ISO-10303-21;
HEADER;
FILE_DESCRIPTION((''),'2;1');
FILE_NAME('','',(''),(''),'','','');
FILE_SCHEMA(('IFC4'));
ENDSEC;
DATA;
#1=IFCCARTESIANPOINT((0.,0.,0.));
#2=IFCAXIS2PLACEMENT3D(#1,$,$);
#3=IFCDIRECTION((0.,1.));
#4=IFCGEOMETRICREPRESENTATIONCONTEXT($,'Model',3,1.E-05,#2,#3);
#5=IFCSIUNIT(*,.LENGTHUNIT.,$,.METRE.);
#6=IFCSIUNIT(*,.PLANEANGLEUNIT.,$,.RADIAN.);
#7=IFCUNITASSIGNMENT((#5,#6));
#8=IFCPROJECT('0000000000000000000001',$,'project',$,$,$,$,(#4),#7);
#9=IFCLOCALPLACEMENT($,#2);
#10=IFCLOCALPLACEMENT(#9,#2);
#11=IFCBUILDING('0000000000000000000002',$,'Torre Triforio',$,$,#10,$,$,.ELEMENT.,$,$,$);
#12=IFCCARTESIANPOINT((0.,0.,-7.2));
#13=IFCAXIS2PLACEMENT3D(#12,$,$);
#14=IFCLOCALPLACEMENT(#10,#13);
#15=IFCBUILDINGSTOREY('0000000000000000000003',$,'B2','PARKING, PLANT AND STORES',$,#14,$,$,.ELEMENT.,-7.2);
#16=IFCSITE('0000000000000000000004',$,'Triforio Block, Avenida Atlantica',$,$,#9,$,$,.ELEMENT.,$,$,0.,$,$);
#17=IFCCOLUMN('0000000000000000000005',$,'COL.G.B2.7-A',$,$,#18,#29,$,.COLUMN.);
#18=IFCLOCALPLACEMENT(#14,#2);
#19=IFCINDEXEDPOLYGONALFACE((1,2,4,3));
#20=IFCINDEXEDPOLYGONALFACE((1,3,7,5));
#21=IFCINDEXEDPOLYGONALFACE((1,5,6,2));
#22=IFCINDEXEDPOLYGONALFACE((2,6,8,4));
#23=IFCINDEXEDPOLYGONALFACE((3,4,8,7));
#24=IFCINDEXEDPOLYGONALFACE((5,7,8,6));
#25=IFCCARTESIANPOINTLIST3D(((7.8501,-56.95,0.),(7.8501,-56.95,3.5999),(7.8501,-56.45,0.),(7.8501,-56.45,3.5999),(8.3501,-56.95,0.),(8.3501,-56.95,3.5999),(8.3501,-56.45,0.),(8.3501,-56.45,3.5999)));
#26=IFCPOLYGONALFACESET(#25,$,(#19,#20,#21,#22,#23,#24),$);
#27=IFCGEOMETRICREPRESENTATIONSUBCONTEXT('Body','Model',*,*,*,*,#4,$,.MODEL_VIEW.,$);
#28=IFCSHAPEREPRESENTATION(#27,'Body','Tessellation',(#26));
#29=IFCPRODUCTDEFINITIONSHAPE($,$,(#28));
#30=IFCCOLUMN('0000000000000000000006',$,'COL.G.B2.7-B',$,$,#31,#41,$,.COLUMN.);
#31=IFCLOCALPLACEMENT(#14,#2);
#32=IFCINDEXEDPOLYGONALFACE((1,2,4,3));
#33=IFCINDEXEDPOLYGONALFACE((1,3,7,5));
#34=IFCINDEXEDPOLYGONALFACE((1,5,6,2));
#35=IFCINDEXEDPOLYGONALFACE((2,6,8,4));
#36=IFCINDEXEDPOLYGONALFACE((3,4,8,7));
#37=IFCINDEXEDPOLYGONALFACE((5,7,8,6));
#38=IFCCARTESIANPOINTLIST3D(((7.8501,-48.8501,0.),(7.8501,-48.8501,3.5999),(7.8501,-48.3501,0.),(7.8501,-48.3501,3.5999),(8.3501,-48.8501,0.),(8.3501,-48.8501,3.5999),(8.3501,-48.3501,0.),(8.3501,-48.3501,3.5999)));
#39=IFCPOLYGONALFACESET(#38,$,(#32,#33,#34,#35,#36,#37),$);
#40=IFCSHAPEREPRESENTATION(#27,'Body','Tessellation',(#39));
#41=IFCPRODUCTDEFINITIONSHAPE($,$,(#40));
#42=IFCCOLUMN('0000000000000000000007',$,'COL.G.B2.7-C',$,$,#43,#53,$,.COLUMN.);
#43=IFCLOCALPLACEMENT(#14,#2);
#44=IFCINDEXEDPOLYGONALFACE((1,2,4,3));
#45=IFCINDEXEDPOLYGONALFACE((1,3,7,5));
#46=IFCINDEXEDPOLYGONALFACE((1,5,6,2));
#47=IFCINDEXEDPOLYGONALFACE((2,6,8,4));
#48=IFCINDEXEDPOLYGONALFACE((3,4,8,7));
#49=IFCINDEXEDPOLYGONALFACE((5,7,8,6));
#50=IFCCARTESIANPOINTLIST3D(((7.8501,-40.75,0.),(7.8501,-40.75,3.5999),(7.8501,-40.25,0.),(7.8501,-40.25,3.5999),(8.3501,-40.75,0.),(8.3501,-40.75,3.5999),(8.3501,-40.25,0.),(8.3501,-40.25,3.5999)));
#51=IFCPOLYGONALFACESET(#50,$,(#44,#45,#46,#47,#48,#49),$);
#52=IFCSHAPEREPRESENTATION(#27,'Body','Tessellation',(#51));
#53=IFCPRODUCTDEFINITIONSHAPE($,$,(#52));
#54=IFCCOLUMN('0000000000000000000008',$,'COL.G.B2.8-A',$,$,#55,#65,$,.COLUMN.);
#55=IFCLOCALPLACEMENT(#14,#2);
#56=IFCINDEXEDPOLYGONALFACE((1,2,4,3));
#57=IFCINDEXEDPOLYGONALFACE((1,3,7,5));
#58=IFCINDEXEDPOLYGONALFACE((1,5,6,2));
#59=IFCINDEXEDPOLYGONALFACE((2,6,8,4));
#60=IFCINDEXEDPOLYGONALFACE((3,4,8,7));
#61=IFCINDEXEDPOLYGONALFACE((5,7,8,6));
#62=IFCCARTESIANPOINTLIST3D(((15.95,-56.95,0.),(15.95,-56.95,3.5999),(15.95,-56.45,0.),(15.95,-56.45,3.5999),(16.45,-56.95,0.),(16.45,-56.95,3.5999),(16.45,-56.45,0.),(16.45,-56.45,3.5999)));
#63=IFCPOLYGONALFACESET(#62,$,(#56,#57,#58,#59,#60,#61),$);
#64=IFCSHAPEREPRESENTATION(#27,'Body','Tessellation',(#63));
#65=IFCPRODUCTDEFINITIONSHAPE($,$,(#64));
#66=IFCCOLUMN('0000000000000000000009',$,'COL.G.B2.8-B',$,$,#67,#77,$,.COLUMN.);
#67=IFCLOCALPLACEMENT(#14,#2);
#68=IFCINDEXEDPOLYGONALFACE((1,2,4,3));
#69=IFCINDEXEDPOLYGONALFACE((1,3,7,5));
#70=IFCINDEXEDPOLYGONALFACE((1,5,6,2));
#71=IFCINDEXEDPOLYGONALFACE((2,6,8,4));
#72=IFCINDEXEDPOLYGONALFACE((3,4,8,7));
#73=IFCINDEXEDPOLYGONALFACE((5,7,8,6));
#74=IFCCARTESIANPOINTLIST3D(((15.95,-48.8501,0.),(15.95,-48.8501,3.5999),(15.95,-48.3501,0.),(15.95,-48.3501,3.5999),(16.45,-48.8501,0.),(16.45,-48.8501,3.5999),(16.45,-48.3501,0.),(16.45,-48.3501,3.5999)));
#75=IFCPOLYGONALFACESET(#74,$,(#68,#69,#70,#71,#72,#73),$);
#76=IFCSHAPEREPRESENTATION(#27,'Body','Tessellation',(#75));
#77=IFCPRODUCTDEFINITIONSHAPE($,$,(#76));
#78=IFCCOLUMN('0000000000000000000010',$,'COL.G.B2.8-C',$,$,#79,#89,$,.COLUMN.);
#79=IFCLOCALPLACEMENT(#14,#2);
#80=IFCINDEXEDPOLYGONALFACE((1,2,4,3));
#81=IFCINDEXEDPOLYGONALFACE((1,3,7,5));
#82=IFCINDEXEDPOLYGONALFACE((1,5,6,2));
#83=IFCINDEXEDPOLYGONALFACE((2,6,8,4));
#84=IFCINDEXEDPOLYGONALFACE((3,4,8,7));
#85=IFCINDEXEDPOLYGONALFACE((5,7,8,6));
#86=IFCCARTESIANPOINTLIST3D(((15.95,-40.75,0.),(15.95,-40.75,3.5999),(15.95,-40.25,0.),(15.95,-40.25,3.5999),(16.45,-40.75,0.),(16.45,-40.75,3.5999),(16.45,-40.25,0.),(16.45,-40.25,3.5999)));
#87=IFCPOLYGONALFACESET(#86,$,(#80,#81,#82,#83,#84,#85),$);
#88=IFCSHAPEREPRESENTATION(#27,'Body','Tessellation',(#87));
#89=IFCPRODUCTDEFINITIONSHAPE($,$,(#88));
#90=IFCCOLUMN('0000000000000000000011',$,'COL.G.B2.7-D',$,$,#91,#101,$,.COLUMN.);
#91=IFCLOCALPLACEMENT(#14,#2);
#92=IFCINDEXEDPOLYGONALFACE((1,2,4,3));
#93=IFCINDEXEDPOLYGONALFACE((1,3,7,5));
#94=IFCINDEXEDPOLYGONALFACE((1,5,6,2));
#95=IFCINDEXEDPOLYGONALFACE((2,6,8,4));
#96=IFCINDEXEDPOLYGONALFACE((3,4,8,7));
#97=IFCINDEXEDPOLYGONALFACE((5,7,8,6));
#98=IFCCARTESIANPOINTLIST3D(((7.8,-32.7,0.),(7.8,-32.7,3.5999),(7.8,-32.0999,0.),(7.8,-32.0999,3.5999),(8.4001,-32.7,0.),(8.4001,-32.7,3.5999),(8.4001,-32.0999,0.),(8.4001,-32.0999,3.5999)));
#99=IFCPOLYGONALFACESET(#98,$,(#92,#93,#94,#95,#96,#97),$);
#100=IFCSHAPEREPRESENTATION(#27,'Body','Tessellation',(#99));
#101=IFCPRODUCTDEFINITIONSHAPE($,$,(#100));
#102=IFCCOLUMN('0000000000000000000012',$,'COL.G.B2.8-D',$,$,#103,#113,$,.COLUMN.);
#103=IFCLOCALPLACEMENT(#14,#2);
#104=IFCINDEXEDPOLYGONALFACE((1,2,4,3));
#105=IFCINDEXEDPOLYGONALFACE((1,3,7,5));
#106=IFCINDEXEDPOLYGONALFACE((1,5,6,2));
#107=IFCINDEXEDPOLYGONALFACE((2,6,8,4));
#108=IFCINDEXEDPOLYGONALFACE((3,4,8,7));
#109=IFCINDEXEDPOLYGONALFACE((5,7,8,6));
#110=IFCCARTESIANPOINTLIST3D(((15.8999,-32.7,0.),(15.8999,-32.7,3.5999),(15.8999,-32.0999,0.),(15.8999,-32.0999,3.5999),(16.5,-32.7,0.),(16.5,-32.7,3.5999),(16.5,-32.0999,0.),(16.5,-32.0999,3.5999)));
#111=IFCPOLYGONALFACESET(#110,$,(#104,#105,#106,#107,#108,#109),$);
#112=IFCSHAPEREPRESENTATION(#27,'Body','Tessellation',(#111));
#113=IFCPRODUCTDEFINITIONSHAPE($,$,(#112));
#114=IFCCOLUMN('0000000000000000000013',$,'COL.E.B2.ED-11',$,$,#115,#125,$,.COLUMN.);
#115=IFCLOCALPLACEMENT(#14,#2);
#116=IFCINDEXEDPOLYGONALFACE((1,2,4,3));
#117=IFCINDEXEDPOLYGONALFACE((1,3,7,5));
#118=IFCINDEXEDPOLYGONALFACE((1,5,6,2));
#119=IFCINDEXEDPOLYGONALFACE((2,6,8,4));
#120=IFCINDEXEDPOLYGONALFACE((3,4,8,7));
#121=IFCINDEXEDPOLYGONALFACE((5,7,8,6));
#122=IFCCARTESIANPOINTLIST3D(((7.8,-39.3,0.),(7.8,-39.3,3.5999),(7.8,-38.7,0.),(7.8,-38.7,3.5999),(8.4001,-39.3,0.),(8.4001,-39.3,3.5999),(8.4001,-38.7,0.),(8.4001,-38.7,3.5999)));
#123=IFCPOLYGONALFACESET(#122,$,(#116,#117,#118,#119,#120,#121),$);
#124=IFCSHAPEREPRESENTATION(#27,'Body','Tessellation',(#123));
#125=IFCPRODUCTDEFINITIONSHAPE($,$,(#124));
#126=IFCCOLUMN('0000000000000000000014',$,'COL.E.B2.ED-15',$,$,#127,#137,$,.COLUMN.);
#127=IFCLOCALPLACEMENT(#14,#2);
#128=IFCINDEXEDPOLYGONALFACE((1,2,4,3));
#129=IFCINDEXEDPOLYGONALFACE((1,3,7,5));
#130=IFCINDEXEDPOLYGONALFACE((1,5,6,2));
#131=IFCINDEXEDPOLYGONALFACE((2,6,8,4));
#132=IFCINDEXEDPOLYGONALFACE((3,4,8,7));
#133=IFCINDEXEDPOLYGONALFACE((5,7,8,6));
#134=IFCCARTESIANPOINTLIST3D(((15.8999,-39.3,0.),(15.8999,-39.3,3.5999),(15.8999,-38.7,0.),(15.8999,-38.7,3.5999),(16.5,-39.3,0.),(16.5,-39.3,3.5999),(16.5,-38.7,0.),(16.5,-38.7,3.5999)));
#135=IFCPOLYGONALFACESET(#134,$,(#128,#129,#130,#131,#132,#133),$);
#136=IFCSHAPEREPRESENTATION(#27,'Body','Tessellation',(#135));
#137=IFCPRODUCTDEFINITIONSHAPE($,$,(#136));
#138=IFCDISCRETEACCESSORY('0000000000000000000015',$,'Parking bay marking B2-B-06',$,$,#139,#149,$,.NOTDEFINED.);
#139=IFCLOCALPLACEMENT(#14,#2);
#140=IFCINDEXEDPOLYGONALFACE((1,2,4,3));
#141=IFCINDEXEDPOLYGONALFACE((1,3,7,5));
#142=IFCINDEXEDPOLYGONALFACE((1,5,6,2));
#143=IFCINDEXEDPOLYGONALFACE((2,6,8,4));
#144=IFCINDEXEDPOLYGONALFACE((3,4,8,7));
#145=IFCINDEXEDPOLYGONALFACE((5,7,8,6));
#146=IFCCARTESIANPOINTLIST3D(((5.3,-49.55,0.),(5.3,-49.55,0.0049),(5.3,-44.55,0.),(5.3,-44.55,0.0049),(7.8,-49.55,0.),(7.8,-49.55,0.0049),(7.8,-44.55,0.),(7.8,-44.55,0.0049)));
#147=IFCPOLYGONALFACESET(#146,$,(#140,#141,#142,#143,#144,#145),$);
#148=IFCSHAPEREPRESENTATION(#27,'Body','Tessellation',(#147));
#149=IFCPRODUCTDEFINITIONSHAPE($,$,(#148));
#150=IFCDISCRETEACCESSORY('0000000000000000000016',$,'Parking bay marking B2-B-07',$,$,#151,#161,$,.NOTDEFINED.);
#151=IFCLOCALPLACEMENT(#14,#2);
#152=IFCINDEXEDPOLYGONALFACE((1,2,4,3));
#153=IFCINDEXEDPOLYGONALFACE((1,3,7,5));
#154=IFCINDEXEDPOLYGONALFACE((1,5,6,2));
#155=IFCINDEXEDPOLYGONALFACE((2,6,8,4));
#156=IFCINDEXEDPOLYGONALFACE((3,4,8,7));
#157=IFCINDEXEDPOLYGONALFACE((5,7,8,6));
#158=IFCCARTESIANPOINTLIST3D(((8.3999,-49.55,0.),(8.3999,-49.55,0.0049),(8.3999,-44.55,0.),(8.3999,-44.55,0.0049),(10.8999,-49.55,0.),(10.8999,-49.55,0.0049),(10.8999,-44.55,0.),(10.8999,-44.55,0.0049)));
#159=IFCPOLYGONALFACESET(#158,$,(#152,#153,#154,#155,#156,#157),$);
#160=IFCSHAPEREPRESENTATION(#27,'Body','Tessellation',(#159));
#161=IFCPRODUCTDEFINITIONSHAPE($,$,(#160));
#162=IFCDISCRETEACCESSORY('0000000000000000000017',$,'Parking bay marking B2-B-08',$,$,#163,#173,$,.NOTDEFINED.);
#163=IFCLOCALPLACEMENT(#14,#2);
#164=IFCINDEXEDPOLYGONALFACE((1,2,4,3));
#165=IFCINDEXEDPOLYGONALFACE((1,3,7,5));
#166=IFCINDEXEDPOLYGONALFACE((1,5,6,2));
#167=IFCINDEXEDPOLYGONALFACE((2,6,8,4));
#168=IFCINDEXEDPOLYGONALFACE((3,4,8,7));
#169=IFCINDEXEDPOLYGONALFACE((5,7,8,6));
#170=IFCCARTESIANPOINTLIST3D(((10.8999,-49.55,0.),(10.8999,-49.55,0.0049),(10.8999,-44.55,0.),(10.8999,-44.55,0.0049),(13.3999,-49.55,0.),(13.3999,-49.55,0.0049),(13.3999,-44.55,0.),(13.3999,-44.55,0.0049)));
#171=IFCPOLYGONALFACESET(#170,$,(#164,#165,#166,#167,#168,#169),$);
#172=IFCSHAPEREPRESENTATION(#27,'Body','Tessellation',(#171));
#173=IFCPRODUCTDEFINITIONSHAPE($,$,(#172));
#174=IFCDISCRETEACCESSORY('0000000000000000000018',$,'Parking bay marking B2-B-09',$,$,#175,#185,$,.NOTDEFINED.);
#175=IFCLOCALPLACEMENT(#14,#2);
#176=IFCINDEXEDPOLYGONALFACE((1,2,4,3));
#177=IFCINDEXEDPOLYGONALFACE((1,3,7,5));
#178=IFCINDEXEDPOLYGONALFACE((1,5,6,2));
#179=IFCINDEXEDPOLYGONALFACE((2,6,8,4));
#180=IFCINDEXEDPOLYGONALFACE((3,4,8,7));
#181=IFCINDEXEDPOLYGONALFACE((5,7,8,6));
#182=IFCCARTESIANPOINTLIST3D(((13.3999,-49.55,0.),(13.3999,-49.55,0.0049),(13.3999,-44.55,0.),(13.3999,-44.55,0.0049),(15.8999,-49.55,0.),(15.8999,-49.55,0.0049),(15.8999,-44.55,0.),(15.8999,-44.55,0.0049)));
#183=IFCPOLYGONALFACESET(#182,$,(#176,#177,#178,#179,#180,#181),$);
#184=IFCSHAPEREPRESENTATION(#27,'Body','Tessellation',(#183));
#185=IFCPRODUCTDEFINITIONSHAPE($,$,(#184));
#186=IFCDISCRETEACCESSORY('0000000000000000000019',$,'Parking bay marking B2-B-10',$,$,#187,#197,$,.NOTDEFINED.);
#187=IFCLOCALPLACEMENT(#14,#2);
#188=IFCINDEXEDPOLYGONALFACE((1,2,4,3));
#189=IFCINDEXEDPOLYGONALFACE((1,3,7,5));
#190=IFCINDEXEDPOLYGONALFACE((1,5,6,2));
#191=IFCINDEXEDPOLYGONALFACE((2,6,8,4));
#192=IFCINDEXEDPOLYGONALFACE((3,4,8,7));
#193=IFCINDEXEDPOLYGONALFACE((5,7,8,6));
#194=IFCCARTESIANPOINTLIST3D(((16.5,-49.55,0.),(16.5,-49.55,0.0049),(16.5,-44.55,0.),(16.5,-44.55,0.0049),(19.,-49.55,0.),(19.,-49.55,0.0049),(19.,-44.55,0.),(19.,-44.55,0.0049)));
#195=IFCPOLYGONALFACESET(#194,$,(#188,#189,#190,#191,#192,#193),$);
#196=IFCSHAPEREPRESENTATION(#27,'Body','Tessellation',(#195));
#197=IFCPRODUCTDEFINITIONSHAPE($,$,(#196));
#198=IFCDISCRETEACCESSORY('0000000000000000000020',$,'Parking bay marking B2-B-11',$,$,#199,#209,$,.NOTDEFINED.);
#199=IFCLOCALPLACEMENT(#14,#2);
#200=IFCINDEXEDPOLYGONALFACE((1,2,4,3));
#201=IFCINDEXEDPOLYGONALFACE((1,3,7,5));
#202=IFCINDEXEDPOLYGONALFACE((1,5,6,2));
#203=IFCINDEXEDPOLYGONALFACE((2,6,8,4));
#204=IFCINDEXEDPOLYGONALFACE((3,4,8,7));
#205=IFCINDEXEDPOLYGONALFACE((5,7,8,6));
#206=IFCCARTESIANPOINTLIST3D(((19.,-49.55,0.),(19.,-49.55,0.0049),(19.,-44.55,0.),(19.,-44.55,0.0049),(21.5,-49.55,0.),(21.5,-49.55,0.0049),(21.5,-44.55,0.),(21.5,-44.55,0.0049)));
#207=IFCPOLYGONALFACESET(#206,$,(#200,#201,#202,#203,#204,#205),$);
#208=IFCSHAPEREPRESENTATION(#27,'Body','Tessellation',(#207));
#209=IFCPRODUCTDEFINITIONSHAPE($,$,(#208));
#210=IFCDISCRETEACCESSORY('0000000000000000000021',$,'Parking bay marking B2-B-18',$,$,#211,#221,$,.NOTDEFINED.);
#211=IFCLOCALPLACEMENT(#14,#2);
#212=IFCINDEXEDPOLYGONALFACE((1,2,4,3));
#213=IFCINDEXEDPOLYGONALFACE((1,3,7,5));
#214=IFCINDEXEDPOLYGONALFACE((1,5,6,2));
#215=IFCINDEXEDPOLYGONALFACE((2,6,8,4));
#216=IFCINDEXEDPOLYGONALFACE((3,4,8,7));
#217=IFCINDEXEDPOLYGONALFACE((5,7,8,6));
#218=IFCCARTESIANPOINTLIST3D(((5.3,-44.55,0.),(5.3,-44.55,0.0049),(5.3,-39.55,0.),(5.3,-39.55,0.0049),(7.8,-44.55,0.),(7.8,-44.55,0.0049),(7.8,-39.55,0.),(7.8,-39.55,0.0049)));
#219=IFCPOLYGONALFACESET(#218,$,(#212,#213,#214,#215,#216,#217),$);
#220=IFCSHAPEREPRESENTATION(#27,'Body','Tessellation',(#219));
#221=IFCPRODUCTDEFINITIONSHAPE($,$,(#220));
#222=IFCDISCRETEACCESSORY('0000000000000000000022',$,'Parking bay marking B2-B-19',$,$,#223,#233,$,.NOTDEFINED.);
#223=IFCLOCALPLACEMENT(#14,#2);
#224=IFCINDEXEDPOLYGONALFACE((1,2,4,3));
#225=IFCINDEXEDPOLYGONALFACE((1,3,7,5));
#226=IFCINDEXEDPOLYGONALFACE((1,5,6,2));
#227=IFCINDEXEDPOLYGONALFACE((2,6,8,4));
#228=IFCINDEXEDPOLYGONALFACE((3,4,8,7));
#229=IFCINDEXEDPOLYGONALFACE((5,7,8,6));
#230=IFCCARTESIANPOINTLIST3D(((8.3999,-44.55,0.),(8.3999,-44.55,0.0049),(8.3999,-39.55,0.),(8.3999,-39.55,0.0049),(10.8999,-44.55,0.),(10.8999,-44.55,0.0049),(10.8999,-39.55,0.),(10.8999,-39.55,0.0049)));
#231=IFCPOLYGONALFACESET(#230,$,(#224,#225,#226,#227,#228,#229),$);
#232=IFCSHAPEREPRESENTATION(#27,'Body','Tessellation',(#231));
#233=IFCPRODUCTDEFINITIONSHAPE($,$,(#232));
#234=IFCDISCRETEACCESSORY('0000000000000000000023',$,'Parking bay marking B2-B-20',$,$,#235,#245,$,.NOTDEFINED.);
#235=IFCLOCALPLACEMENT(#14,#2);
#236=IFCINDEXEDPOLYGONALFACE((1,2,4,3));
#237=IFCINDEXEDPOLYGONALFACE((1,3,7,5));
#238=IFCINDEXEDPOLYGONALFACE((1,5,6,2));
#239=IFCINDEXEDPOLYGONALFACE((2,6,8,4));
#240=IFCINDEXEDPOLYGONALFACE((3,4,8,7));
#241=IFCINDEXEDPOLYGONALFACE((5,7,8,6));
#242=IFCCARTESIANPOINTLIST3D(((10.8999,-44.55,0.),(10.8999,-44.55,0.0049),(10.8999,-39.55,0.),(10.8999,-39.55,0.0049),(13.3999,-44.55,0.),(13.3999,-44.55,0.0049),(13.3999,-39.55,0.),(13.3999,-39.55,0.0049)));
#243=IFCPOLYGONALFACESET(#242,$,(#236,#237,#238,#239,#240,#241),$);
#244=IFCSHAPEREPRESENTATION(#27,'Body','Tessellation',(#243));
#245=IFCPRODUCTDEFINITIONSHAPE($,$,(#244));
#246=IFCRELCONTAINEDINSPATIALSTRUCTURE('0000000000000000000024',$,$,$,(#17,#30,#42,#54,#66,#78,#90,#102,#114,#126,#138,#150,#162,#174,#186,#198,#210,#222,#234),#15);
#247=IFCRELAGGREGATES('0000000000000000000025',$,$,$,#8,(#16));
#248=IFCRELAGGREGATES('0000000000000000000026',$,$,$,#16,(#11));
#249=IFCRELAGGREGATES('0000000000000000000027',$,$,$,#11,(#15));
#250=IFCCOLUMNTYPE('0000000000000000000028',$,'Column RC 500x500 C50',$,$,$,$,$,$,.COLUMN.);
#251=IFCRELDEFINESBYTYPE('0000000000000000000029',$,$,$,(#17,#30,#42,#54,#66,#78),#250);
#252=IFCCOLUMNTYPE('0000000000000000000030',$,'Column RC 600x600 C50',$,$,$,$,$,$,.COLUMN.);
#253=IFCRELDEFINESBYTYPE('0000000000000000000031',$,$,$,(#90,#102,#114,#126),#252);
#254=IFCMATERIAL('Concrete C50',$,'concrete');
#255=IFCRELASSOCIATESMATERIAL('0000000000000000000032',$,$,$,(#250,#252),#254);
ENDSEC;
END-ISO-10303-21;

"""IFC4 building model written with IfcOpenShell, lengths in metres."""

from ifc_helpers import new_model, si_unit, direction, frame, origin, origin_2d, place, context, subcontext, project, spatial, rectangle, extrude, material, material_profile, profile_set, type_object, element, save


model = new_model("IFC4")

# Units and contexts
model_context = context("Model", 3, precision=1e-05, world=origin(), true_north=direction((0.0, 1.0)))
body_context = subcontext(model_context, "Body", "Model", "MODEL_VIEW")
ifc_project = project(units=[si_unit("LENGTHUNIT", "METRE"), si_unit("PLANEANGLEUNIT", "RADIAN")], contexts=[model_context])

# Site, building, storey
site_placement = place(None, origin())
site = spatial("IfcSite", under=ifc_project, at=site_placement, Name="Triforio Block, Avenida Atlantica", CompositionType="ELEMENT", RefElevation=0.0)
building_placement = place(site_placement, origin())
building = spatial("IfcBuilding", under=site, at=building_placement, Name="Torre Triforio", CompositionType="ELEMENT")
storey_placement = place(building_placement, frame((0.0, 0.0, -7.2)))
storey = spatial("IfcBuildingStorey", under=building, at=storey_placement, Name="B2", Description="PARKING, PLANT AND STORES", CompositionType="ELEMENT", Elevation=-7.2)

# Columns
ifc_material = material(Name="Concrete C50", Category="concrete")
ifc_material_profile_1 = material_profile(ifc_material, rectangle(XDim=0.5, YDim=0.5, at=origin_2d()), Name="RC 500x500")
ifc_profile_set_1 = profile_set([ifc_material_profile_1], Name="Concrete C50")
column_type_1 = type_object("IfcColumnType", Name="Column RC 500x500 C50", PredefinedType="COLUMN", material=ifc_profile_set_1)
for number, where, z_axis, x_axis, name in (
    (1, (8.1001, -56.7, 0.0), (0.0, 0.0, 1.0), (1.0, 0.0, 0.0), "COL.G.B2.7-A"),
    (2, (8.1001, -48.6001, 0.0), (0.0, 0.0, 1.0), (1.0, 0.0, 0.0), "COL.G.B2.7-B"),
    (3, (8.1001, -40.5, 0.0), (0.0, 0.0, 1.0), (1.0, 0.0, 0.0), "COL.G.B2.7-C"),
    (4, (16.2, -56.7, 0.0), (0.0, 0.0, 1.0), (1.0, 0.0, 0.0), "COL.G.B2.8-A"),
    (5, (16.2, -48.6001, 0.0), (0.0, 0.0, 1.0), (1.0, 0.0, 0.0), "COL.G.B2.8-B"),
    (6, (16.2, -40.5, 0.0), (0.0, 0.0, 1.0), (1.0, 0.0, 0.0), "COL.G.B2.8-C"),
):
    element("IfcColumn", number, at=place(storey_placement, frame(where, z_axis=z_axis, x_axis=x_axis)), inside=storey, type_object=column_type_1, Name=name, PredefinedType="COLUMN", context=body_context, shape_type="SweptSolid", body=[
        extrude(rectangle(XDim=0.5, YDim=0.5, at=origin_2d()), origin(), (0.0, 0.0, 1.0), 3.5999),
    ])
ifc_material_profile_2 = material_profile(ifc_material, rectangle(XDim=0.6001, YDim=0.6001, at=origin_2d()), Name="RC 600x600")
ifc_profile_set_2 = profile_set([ifc_material_profile_2], Name="Concrete C50")
column_type_2 = type_object("IfcColumnType", Name="Column RC 600x600 C50", PredefinedType="COLUMN", material=ifc_profile_set_2)
for number, where, z_axis, x_axis, name in (
    (7, (8.1001, -32.3999, 0.0), (0.0, 0.0, 1.0), (1.0, 0.0, 0.0), "COL.G.B2.7-D"),
    (8, (16.2, -32.3999, 0.0), (0.0, 0.0, 1.0), (1.0, 0.0, 0.0), "COL.G.B2.8-D"),
    (9, (8.1001, -39.0, 0.0), (0.0, 0.0, 1.0), (1.0, 0.0, 0.0), "COL.E.B2.ED-11"),
    (10, (16.2, -39.0, 0.0), (0.0, 0.0, 1.0), (1.0, 0.0, 0.0), "COL.E.B2.ED-15"),
):
    element("IfcColumn", number, at=place(storey_placement, frame(where, z_axis=z_axis, x_axis=x_axis)), inside=storey, type_object=column_type_2, Name=name, PredefinedType="COLUMN", context=body_context, shape_type="SweptSolid", body=[
        extrude(rectangle(XDim=0.6001, YDim=0.6001, at=origin_2d()), origin(), (0.0, 0.0, 1.0), 3.5999),
    ])

# Discrete accessories
for number, where, z_axis, x_axis, name in (
    (11, (6.55, -47.05, 0.0), (0.0, 0.0, 1.0), (1.0, 0.0, 0.0), "Parking bay marking B2-B-06"),
    (12, (9.6499, -47.05, 0.0), (0.0, 0.0, 1.0), (1.0, 0.0, 0.0), "Parking bay marking B2-B-07"),
    (13, (12.1499, -47.05, 0.0), (0.0, 0.0, 1.0), (1.0, 0.0, 0.0), "Parking bay marking B2-B-08"),
    (14, (14.6499, -47.05, 0.0), (0.0, 0.0, 1.0), (1.0, 0.0, 0.0), "Parking bay marking B2-B-09"),
    (15, (17.75, -47.05, 0.0), (0.0, 0.0, 1.0), (1.0, 0.0, 0.0), "Parking bay marking B2-B-10"),
    (16, (20.25, -47.05, 0.0), (0.0, 0.0, 1.0), (1.0, 0.0, 0.0), "Parking bay marking B2-B-11"),
    (17, (6.55, -42.05, 0.0), (0.0, 0.0, 1.0), (1.0, 0.0, 0.0), "Parking bay marking B2-B-18"),
    (18, (9.6499, -42.05, 0.0), (0.0, 0.0, 1.0), (1.0, 0.0, 0.0), "Parking bay marking B2-B-19"),
    (19, (12.1499, -42.05, 0.0), (0.0, 0.0, 1.0), (1.0, 0.0, 0.0), "Parking bay marking B2-B-20"),
):
    element("IfcDiscreteAccessory", number, at=place(storey_placement, frame(where, z_axis=z_axis, x_axis=x_axis)), inside=storey, Name=name, PredefinedType="NOTDEFINED", context=body_context, shape_type="SweptSolid", body=[
        extrude(rectangle(XDim=2.5, YDim=5.0, at=origin_2d()), origin(), (0.0, 0.0, 1.0), 0.0049),
    ])

save(model, "model.ifc")
